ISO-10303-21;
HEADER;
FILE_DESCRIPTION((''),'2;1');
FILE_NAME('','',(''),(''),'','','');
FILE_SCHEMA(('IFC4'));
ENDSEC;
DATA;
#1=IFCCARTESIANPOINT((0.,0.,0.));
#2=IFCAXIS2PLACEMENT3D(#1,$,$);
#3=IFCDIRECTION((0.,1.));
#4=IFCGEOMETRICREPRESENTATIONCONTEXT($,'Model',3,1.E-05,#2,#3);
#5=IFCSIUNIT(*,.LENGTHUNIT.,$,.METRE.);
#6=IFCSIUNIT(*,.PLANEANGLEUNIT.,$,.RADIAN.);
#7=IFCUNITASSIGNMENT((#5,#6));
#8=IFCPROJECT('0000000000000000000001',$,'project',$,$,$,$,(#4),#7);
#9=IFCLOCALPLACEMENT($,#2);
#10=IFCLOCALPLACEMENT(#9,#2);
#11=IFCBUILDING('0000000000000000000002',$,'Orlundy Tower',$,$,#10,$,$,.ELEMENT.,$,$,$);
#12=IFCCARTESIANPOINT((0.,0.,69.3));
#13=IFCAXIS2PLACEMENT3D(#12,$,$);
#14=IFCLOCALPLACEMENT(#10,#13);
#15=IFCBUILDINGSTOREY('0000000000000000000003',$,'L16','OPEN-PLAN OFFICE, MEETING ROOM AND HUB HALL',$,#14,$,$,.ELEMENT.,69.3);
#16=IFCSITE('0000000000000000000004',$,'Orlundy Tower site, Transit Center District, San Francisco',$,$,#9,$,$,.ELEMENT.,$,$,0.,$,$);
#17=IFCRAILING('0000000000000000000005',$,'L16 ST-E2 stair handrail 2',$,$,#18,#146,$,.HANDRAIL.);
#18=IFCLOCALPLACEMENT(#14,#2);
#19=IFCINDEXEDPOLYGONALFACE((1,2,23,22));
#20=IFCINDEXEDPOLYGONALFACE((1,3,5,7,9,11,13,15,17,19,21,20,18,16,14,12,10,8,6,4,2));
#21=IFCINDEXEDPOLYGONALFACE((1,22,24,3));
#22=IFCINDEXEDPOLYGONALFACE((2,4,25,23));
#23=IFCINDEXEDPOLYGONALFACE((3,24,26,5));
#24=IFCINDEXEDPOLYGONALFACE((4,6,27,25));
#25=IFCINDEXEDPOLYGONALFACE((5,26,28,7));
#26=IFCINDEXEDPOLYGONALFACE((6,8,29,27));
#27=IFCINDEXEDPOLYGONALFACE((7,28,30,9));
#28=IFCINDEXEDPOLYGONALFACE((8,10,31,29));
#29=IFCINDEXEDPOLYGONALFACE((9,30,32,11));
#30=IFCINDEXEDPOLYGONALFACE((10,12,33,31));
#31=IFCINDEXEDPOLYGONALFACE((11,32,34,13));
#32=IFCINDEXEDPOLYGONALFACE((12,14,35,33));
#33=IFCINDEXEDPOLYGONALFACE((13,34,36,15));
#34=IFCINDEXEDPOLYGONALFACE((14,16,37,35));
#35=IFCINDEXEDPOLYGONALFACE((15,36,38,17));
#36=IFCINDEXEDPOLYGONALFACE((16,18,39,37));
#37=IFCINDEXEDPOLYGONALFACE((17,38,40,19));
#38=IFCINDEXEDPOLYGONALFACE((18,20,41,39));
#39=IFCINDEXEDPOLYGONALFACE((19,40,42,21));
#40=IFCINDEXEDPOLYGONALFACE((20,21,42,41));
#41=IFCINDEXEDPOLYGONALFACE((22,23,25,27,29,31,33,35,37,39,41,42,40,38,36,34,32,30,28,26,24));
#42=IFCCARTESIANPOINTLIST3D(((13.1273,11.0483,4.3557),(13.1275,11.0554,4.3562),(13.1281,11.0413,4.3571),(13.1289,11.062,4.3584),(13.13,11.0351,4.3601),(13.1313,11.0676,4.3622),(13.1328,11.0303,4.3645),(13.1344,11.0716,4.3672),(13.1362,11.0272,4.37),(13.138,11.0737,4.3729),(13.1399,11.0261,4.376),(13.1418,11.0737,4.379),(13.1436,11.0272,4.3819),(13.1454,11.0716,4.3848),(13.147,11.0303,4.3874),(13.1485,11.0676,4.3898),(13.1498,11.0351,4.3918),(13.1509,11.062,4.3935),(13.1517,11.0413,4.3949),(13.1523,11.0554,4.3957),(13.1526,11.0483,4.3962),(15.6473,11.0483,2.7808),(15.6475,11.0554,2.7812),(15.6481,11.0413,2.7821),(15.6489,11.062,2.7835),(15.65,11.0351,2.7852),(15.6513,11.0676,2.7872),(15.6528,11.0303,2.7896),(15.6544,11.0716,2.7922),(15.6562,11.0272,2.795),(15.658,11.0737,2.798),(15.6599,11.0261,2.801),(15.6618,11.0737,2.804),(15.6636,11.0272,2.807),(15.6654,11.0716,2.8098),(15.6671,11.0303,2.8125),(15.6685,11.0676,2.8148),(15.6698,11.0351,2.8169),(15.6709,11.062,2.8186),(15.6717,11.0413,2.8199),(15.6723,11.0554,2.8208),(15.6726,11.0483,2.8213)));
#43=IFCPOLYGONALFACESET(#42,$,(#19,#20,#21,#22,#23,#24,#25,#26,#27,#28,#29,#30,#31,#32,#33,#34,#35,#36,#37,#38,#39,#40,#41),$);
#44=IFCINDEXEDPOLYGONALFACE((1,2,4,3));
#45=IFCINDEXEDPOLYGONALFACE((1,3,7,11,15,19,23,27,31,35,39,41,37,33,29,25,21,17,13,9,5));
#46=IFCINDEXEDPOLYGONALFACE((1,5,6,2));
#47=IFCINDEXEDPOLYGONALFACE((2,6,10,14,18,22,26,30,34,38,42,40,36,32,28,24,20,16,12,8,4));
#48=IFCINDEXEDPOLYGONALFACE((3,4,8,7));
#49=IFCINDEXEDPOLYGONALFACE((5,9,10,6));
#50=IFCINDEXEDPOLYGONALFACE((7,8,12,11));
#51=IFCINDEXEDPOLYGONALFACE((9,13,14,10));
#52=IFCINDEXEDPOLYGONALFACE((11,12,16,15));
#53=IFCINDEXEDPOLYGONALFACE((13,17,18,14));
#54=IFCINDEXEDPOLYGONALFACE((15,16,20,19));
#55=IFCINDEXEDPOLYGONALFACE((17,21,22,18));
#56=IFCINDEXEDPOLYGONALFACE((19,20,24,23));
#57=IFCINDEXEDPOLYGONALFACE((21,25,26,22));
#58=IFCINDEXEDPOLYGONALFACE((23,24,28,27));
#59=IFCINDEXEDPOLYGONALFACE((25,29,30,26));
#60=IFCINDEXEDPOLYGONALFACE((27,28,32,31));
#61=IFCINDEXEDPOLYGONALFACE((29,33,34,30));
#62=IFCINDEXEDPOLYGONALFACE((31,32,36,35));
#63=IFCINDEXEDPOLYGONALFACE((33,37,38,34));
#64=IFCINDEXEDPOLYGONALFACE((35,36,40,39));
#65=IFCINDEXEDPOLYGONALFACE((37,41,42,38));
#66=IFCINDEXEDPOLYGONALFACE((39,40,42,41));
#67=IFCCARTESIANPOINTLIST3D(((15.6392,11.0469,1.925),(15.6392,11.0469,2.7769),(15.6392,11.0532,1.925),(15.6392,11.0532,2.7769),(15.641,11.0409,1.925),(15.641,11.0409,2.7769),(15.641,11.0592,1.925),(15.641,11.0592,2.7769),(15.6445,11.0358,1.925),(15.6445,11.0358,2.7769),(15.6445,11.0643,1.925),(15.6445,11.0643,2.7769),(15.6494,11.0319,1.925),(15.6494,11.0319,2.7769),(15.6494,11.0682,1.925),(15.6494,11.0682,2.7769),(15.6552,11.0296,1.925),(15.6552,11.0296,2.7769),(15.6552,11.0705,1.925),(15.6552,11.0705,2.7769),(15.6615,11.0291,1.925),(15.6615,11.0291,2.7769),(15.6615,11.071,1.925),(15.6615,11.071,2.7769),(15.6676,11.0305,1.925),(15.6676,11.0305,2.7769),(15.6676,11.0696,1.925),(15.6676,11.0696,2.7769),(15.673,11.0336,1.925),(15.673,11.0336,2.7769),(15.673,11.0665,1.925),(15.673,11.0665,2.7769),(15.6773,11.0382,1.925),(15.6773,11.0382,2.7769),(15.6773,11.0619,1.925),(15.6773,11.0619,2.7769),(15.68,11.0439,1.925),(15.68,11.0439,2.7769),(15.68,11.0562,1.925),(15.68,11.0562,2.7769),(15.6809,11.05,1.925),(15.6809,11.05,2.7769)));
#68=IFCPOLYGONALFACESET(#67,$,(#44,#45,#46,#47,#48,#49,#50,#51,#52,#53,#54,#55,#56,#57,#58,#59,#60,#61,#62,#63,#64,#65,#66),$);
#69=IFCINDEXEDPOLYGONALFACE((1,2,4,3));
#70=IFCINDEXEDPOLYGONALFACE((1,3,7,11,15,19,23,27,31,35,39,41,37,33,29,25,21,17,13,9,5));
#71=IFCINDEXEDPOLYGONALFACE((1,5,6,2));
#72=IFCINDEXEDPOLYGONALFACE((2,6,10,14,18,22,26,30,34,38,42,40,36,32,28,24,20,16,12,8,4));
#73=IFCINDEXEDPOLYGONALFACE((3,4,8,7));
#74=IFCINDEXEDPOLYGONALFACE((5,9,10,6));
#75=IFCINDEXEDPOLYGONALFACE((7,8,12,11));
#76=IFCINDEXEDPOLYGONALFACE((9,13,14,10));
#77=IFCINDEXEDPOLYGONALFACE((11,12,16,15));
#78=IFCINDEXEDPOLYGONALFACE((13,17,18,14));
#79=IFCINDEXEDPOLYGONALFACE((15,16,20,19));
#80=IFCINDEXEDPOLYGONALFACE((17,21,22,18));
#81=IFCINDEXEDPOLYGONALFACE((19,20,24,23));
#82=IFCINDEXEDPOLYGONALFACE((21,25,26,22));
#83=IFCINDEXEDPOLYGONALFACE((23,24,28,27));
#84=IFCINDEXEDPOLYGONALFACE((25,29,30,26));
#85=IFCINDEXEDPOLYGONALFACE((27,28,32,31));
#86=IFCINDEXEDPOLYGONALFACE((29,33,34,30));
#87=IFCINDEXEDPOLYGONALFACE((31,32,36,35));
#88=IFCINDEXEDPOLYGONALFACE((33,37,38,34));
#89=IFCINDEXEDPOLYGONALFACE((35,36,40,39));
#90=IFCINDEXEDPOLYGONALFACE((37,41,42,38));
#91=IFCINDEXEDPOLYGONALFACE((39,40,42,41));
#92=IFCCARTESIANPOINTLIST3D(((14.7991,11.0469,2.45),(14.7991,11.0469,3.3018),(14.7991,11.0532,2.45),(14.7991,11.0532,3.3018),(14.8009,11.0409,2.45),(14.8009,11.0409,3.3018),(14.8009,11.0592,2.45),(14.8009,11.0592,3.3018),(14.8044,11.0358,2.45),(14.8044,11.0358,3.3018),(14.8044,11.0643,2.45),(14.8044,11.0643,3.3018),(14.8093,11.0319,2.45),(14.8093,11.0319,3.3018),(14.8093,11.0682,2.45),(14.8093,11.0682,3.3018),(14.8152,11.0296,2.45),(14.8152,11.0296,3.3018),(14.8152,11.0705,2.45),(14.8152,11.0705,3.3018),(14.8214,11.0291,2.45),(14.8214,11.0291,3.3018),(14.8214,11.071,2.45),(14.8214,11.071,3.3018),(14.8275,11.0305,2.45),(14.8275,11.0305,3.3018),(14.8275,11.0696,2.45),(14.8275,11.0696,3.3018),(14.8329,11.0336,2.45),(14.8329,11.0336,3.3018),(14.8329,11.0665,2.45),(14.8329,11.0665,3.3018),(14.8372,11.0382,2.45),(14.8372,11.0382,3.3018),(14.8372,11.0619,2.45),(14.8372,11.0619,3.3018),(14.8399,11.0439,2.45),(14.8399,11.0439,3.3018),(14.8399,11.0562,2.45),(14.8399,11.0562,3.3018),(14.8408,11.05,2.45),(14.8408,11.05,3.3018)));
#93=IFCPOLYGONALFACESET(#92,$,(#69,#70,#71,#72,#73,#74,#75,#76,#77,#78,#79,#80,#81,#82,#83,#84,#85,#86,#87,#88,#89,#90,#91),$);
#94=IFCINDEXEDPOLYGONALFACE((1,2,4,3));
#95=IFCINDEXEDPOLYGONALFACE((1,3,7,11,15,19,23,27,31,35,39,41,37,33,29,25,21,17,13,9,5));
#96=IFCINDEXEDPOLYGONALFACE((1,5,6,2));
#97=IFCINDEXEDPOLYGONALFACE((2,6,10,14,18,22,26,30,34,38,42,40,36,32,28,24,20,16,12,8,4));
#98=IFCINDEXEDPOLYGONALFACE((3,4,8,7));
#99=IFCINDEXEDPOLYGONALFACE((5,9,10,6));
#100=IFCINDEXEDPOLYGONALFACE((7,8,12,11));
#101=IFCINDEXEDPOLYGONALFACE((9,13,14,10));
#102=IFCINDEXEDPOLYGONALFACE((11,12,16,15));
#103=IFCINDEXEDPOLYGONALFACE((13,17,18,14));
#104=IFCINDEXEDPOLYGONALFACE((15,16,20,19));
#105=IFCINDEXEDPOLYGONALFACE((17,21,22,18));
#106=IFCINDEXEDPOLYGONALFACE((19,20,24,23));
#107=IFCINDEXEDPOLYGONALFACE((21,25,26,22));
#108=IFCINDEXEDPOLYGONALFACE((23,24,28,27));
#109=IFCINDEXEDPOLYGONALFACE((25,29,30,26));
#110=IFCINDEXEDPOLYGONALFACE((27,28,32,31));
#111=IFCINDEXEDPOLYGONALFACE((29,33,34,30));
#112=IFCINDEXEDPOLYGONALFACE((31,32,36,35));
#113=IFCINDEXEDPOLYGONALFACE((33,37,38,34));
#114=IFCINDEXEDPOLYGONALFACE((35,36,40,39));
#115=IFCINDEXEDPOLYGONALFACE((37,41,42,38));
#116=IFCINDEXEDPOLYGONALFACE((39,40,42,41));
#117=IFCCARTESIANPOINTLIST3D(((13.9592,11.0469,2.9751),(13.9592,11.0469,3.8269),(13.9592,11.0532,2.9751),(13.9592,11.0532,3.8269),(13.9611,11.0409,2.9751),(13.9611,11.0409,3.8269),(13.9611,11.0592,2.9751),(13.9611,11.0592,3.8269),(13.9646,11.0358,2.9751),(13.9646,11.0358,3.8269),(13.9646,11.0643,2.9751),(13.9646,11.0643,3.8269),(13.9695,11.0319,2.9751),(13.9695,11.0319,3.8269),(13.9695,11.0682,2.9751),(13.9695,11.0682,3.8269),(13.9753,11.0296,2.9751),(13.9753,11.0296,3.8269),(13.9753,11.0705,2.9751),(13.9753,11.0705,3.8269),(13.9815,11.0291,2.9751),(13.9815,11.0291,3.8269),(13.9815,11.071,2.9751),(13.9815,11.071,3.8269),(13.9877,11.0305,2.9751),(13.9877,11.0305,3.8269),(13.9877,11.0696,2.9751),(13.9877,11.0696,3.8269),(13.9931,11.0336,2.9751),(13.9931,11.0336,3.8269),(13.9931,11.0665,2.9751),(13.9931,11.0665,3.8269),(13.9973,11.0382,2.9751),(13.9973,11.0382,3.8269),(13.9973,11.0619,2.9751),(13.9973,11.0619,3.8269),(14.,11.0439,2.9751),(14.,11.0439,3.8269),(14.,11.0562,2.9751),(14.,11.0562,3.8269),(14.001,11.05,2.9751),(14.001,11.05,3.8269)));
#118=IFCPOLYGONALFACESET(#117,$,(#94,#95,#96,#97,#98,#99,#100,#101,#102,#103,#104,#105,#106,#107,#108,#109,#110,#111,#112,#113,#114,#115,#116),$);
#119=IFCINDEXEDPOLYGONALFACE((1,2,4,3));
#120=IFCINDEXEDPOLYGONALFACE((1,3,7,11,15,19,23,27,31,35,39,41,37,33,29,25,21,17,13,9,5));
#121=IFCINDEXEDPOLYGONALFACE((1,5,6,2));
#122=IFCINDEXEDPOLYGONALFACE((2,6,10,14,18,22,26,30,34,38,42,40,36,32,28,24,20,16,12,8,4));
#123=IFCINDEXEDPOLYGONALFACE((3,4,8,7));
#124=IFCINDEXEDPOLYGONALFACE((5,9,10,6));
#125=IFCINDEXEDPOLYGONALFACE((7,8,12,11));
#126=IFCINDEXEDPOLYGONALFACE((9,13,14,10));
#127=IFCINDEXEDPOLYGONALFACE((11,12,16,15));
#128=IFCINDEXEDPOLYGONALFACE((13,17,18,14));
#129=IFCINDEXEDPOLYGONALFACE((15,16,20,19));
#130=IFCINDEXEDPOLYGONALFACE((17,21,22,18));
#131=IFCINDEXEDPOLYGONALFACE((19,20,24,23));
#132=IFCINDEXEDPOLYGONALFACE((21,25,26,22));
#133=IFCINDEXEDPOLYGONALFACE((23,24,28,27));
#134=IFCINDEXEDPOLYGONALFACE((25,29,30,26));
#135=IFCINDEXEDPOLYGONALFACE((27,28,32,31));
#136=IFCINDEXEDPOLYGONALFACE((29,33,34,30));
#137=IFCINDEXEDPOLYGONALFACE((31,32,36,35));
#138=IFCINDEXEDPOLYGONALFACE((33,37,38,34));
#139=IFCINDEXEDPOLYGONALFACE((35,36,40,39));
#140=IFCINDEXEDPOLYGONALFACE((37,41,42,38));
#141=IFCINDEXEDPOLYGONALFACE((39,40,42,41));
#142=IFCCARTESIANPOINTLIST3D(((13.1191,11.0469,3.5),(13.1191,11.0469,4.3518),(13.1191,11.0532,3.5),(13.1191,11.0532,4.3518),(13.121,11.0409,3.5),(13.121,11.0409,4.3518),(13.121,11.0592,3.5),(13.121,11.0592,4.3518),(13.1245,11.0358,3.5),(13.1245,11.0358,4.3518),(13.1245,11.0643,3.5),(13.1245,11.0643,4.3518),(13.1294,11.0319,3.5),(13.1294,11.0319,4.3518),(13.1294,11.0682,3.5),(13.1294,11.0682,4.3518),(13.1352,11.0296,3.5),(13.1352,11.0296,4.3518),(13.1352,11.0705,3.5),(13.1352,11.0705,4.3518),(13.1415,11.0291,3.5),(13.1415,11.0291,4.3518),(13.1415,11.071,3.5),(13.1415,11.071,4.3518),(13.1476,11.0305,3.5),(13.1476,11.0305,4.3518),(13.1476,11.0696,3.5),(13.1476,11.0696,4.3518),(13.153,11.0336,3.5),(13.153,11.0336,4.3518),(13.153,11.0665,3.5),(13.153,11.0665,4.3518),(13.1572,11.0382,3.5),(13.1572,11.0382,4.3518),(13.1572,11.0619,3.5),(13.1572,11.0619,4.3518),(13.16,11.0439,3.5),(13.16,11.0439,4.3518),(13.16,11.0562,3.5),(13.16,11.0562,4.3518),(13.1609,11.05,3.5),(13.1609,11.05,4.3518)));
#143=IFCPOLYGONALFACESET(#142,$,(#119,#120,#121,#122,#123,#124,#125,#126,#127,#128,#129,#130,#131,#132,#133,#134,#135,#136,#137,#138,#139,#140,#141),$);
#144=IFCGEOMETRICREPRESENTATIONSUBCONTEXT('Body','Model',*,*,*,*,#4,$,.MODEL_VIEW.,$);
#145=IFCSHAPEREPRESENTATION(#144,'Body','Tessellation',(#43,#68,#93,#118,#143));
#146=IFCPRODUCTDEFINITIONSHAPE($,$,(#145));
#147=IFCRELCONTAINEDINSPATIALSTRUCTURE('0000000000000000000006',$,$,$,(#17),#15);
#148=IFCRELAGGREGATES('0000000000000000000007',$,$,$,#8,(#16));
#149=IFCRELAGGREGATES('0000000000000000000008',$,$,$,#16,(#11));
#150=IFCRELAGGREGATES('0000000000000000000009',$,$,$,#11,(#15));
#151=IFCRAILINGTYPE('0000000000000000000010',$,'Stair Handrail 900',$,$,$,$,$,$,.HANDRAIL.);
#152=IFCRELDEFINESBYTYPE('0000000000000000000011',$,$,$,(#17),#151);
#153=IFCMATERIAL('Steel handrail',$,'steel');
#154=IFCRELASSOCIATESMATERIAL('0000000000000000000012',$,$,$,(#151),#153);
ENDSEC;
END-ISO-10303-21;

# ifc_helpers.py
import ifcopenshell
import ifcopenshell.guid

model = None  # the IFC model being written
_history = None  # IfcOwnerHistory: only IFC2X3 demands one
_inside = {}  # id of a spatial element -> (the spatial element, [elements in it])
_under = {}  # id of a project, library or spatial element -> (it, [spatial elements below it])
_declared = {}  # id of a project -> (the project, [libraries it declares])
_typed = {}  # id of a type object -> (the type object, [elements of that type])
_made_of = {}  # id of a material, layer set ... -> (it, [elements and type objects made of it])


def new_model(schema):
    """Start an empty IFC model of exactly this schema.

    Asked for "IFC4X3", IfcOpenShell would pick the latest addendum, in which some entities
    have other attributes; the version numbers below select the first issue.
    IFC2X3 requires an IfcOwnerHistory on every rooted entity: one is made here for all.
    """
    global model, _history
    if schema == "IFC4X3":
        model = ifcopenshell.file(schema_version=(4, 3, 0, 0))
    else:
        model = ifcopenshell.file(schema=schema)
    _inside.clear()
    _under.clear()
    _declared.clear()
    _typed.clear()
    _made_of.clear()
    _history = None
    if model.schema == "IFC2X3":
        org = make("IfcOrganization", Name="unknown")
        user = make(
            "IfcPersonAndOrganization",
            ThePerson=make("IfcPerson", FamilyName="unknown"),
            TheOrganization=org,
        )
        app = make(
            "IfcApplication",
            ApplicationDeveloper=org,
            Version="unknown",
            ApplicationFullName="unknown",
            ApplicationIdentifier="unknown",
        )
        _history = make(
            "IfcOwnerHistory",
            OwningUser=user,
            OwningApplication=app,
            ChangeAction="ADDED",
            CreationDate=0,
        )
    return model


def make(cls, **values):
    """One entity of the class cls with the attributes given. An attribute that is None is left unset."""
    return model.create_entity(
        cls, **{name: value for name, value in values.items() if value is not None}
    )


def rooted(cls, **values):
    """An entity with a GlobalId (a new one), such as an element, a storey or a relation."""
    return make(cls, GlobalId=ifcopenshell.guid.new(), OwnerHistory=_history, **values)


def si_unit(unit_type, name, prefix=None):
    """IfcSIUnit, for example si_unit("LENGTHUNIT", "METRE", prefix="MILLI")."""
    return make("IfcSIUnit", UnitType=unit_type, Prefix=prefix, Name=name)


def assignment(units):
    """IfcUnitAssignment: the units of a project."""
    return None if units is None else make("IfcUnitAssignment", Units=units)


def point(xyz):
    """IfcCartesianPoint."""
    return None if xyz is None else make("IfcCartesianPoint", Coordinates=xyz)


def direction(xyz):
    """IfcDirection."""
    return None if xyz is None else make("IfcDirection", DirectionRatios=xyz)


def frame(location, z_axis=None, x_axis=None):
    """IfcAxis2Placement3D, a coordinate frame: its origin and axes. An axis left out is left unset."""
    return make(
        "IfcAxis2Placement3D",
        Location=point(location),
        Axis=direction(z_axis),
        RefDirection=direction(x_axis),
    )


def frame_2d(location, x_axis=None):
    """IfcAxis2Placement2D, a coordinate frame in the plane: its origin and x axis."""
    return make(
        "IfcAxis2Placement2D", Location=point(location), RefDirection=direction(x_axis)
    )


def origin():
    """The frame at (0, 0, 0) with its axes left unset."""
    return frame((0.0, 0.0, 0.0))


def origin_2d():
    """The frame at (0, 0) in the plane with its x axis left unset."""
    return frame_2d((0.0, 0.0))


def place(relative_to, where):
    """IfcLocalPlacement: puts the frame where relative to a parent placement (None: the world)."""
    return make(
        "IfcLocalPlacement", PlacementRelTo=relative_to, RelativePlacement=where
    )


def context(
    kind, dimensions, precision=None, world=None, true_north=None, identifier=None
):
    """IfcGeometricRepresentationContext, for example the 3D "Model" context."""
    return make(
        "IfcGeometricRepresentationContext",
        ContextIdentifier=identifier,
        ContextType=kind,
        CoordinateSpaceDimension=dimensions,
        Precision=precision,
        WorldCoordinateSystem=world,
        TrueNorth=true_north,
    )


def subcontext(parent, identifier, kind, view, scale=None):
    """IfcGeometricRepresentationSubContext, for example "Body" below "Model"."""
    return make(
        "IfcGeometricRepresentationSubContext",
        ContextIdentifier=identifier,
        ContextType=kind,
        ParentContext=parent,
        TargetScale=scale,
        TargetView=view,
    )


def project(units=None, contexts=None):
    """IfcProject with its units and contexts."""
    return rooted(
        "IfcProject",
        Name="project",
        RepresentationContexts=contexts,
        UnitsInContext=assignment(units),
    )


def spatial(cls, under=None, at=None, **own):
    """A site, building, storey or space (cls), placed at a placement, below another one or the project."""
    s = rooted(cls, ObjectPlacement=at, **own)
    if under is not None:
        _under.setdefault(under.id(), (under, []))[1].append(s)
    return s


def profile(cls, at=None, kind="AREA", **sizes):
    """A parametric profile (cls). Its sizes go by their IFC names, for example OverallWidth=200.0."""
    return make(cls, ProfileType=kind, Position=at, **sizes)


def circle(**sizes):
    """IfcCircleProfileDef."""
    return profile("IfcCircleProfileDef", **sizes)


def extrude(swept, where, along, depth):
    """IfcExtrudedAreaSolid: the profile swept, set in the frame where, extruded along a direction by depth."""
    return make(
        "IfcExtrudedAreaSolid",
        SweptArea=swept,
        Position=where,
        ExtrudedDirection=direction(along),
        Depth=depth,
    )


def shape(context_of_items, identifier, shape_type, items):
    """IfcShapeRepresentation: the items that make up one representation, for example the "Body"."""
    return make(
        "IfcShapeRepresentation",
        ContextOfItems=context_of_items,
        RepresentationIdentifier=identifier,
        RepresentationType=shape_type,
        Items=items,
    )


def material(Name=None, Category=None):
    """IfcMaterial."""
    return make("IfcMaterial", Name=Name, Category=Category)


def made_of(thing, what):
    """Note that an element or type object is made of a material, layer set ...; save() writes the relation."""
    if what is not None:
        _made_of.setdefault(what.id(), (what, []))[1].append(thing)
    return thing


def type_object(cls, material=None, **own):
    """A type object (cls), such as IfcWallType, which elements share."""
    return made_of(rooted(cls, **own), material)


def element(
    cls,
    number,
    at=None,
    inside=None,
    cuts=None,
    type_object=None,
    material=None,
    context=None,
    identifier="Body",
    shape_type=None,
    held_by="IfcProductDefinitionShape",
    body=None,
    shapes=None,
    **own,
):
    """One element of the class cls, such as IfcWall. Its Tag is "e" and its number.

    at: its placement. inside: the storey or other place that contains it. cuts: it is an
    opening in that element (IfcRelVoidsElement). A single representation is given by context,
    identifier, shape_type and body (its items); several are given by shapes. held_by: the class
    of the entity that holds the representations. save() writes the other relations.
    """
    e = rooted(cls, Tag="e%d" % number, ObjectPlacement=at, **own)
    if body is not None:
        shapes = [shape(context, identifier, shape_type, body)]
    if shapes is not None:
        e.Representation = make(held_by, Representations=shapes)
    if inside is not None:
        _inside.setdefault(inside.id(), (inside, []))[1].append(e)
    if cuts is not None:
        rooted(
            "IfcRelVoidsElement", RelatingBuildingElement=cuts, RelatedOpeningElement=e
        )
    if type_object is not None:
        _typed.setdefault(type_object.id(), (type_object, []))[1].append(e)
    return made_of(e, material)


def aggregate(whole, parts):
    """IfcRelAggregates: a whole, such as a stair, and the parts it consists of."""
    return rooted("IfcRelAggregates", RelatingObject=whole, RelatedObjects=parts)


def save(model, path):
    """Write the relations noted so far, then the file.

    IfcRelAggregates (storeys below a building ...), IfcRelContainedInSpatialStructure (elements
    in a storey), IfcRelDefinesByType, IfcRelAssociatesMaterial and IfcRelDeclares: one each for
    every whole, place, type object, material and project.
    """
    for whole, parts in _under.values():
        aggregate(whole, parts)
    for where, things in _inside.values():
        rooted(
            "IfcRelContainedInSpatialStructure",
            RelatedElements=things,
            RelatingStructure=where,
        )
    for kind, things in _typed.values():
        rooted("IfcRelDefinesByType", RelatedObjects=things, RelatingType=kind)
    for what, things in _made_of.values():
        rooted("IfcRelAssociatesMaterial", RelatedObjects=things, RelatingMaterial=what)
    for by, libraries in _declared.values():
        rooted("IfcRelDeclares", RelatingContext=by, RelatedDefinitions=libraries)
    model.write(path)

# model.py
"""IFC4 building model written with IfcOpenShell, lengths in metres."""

from ifc_helpers import new_model, si_unit, direction, frame, origin, origin_2d, place, context, subcontext, project, spatial, circle, extrude, material, type_object, element, save


model = new_model("IFC4")

# Units and contexts
model_context = context("Model", 3, precision=1e-05, world=origin(), true_north=direction((0.0, 1.0)))
body_context = subcontext(model_context, "Body", "Model", "MODEL_VIEW")
ifc_project = project(units=[si_unit("LENGTHUNIT", "METRE"), si_unit("PLANEANGLEUNIT", "RADIAN")], contexts=[model_context])

# Site, building, storey
site_placement = place(None, origin())
site = spatial("IfcSite", under=ifc_project, at=site_placement, Name="Orlundy Tower site, Transit Center District, San Francisco", CompositionType="ELEMENT", RefElevation=0.0)
building_placement = place(site_placement, origin())
building = spatial("IfcBuilding", under=site, at=building_placement, Name="Orlundy Tower", CompositionType="ELEMENT")
storey_placement = place(building_placement, frame((0.0, 0.0, 69.3)))
storey = spatial("IfcBuildingStorey", under=building, at=storey_placement, Name="L16", Description="OPEN-PLAN OFFICE, MEETING ROOM AND HUB HALL", CompositionType="ELEMENT", Elevation=69.3)

# Railing
ifc_material_1 = material(Name="Steel handrail", Category="steel")
railing_type_1 = type_object("IfcRailingType", Name="Stair Handrail 900", PredefinedType="HANDRAIL", material=ifc_material_1)
railing_1_placement = place(storey_placement, frame((15.6599, 11.05, 1.925)))
element("IfcRailing", 1, at=railing_1_placement, inside=storey, type_object=railing_type_1, Name="L16 ST-E2 stair handrail 2", PredefinedType="HANDRAIL", context=body_context, shape_type="SweptSolid", body=[
    extrude(circle(Radius=0.0239, at=origin_2d()), frame((0.0, 0.0, 0.876), z_axis=(-0.848008, 0.0, 0.529984), x_axis=(0.0, -1.0, 0.0)), (0.0, 0.0, 1.0), 2.9717),
    extrude(circle(Radius=0.021, at=origin_2d()), origin(), (0.0, 0.0, 1.0), 0.8518),
    extrude(circle(Radius=0.021, at=origin_2d()), frame((-0.8401, 0.0, 0.5249)), (0.0, 0.0, 1.0), 0.8518),
    extrude(circle(Radius=0.021, at=origin_2d()), frame((-1.6799, 0.0, 1.05)), (0.0, 0.0, 1.0), 0.8518),
    extrude(circle(Radius=0.021, at=origin_2d()), frame((-2.52, 0.0, 1.575)), (0.0, 0.0, 1.0), 0.8518),
])

save(model, "model.ifc")
